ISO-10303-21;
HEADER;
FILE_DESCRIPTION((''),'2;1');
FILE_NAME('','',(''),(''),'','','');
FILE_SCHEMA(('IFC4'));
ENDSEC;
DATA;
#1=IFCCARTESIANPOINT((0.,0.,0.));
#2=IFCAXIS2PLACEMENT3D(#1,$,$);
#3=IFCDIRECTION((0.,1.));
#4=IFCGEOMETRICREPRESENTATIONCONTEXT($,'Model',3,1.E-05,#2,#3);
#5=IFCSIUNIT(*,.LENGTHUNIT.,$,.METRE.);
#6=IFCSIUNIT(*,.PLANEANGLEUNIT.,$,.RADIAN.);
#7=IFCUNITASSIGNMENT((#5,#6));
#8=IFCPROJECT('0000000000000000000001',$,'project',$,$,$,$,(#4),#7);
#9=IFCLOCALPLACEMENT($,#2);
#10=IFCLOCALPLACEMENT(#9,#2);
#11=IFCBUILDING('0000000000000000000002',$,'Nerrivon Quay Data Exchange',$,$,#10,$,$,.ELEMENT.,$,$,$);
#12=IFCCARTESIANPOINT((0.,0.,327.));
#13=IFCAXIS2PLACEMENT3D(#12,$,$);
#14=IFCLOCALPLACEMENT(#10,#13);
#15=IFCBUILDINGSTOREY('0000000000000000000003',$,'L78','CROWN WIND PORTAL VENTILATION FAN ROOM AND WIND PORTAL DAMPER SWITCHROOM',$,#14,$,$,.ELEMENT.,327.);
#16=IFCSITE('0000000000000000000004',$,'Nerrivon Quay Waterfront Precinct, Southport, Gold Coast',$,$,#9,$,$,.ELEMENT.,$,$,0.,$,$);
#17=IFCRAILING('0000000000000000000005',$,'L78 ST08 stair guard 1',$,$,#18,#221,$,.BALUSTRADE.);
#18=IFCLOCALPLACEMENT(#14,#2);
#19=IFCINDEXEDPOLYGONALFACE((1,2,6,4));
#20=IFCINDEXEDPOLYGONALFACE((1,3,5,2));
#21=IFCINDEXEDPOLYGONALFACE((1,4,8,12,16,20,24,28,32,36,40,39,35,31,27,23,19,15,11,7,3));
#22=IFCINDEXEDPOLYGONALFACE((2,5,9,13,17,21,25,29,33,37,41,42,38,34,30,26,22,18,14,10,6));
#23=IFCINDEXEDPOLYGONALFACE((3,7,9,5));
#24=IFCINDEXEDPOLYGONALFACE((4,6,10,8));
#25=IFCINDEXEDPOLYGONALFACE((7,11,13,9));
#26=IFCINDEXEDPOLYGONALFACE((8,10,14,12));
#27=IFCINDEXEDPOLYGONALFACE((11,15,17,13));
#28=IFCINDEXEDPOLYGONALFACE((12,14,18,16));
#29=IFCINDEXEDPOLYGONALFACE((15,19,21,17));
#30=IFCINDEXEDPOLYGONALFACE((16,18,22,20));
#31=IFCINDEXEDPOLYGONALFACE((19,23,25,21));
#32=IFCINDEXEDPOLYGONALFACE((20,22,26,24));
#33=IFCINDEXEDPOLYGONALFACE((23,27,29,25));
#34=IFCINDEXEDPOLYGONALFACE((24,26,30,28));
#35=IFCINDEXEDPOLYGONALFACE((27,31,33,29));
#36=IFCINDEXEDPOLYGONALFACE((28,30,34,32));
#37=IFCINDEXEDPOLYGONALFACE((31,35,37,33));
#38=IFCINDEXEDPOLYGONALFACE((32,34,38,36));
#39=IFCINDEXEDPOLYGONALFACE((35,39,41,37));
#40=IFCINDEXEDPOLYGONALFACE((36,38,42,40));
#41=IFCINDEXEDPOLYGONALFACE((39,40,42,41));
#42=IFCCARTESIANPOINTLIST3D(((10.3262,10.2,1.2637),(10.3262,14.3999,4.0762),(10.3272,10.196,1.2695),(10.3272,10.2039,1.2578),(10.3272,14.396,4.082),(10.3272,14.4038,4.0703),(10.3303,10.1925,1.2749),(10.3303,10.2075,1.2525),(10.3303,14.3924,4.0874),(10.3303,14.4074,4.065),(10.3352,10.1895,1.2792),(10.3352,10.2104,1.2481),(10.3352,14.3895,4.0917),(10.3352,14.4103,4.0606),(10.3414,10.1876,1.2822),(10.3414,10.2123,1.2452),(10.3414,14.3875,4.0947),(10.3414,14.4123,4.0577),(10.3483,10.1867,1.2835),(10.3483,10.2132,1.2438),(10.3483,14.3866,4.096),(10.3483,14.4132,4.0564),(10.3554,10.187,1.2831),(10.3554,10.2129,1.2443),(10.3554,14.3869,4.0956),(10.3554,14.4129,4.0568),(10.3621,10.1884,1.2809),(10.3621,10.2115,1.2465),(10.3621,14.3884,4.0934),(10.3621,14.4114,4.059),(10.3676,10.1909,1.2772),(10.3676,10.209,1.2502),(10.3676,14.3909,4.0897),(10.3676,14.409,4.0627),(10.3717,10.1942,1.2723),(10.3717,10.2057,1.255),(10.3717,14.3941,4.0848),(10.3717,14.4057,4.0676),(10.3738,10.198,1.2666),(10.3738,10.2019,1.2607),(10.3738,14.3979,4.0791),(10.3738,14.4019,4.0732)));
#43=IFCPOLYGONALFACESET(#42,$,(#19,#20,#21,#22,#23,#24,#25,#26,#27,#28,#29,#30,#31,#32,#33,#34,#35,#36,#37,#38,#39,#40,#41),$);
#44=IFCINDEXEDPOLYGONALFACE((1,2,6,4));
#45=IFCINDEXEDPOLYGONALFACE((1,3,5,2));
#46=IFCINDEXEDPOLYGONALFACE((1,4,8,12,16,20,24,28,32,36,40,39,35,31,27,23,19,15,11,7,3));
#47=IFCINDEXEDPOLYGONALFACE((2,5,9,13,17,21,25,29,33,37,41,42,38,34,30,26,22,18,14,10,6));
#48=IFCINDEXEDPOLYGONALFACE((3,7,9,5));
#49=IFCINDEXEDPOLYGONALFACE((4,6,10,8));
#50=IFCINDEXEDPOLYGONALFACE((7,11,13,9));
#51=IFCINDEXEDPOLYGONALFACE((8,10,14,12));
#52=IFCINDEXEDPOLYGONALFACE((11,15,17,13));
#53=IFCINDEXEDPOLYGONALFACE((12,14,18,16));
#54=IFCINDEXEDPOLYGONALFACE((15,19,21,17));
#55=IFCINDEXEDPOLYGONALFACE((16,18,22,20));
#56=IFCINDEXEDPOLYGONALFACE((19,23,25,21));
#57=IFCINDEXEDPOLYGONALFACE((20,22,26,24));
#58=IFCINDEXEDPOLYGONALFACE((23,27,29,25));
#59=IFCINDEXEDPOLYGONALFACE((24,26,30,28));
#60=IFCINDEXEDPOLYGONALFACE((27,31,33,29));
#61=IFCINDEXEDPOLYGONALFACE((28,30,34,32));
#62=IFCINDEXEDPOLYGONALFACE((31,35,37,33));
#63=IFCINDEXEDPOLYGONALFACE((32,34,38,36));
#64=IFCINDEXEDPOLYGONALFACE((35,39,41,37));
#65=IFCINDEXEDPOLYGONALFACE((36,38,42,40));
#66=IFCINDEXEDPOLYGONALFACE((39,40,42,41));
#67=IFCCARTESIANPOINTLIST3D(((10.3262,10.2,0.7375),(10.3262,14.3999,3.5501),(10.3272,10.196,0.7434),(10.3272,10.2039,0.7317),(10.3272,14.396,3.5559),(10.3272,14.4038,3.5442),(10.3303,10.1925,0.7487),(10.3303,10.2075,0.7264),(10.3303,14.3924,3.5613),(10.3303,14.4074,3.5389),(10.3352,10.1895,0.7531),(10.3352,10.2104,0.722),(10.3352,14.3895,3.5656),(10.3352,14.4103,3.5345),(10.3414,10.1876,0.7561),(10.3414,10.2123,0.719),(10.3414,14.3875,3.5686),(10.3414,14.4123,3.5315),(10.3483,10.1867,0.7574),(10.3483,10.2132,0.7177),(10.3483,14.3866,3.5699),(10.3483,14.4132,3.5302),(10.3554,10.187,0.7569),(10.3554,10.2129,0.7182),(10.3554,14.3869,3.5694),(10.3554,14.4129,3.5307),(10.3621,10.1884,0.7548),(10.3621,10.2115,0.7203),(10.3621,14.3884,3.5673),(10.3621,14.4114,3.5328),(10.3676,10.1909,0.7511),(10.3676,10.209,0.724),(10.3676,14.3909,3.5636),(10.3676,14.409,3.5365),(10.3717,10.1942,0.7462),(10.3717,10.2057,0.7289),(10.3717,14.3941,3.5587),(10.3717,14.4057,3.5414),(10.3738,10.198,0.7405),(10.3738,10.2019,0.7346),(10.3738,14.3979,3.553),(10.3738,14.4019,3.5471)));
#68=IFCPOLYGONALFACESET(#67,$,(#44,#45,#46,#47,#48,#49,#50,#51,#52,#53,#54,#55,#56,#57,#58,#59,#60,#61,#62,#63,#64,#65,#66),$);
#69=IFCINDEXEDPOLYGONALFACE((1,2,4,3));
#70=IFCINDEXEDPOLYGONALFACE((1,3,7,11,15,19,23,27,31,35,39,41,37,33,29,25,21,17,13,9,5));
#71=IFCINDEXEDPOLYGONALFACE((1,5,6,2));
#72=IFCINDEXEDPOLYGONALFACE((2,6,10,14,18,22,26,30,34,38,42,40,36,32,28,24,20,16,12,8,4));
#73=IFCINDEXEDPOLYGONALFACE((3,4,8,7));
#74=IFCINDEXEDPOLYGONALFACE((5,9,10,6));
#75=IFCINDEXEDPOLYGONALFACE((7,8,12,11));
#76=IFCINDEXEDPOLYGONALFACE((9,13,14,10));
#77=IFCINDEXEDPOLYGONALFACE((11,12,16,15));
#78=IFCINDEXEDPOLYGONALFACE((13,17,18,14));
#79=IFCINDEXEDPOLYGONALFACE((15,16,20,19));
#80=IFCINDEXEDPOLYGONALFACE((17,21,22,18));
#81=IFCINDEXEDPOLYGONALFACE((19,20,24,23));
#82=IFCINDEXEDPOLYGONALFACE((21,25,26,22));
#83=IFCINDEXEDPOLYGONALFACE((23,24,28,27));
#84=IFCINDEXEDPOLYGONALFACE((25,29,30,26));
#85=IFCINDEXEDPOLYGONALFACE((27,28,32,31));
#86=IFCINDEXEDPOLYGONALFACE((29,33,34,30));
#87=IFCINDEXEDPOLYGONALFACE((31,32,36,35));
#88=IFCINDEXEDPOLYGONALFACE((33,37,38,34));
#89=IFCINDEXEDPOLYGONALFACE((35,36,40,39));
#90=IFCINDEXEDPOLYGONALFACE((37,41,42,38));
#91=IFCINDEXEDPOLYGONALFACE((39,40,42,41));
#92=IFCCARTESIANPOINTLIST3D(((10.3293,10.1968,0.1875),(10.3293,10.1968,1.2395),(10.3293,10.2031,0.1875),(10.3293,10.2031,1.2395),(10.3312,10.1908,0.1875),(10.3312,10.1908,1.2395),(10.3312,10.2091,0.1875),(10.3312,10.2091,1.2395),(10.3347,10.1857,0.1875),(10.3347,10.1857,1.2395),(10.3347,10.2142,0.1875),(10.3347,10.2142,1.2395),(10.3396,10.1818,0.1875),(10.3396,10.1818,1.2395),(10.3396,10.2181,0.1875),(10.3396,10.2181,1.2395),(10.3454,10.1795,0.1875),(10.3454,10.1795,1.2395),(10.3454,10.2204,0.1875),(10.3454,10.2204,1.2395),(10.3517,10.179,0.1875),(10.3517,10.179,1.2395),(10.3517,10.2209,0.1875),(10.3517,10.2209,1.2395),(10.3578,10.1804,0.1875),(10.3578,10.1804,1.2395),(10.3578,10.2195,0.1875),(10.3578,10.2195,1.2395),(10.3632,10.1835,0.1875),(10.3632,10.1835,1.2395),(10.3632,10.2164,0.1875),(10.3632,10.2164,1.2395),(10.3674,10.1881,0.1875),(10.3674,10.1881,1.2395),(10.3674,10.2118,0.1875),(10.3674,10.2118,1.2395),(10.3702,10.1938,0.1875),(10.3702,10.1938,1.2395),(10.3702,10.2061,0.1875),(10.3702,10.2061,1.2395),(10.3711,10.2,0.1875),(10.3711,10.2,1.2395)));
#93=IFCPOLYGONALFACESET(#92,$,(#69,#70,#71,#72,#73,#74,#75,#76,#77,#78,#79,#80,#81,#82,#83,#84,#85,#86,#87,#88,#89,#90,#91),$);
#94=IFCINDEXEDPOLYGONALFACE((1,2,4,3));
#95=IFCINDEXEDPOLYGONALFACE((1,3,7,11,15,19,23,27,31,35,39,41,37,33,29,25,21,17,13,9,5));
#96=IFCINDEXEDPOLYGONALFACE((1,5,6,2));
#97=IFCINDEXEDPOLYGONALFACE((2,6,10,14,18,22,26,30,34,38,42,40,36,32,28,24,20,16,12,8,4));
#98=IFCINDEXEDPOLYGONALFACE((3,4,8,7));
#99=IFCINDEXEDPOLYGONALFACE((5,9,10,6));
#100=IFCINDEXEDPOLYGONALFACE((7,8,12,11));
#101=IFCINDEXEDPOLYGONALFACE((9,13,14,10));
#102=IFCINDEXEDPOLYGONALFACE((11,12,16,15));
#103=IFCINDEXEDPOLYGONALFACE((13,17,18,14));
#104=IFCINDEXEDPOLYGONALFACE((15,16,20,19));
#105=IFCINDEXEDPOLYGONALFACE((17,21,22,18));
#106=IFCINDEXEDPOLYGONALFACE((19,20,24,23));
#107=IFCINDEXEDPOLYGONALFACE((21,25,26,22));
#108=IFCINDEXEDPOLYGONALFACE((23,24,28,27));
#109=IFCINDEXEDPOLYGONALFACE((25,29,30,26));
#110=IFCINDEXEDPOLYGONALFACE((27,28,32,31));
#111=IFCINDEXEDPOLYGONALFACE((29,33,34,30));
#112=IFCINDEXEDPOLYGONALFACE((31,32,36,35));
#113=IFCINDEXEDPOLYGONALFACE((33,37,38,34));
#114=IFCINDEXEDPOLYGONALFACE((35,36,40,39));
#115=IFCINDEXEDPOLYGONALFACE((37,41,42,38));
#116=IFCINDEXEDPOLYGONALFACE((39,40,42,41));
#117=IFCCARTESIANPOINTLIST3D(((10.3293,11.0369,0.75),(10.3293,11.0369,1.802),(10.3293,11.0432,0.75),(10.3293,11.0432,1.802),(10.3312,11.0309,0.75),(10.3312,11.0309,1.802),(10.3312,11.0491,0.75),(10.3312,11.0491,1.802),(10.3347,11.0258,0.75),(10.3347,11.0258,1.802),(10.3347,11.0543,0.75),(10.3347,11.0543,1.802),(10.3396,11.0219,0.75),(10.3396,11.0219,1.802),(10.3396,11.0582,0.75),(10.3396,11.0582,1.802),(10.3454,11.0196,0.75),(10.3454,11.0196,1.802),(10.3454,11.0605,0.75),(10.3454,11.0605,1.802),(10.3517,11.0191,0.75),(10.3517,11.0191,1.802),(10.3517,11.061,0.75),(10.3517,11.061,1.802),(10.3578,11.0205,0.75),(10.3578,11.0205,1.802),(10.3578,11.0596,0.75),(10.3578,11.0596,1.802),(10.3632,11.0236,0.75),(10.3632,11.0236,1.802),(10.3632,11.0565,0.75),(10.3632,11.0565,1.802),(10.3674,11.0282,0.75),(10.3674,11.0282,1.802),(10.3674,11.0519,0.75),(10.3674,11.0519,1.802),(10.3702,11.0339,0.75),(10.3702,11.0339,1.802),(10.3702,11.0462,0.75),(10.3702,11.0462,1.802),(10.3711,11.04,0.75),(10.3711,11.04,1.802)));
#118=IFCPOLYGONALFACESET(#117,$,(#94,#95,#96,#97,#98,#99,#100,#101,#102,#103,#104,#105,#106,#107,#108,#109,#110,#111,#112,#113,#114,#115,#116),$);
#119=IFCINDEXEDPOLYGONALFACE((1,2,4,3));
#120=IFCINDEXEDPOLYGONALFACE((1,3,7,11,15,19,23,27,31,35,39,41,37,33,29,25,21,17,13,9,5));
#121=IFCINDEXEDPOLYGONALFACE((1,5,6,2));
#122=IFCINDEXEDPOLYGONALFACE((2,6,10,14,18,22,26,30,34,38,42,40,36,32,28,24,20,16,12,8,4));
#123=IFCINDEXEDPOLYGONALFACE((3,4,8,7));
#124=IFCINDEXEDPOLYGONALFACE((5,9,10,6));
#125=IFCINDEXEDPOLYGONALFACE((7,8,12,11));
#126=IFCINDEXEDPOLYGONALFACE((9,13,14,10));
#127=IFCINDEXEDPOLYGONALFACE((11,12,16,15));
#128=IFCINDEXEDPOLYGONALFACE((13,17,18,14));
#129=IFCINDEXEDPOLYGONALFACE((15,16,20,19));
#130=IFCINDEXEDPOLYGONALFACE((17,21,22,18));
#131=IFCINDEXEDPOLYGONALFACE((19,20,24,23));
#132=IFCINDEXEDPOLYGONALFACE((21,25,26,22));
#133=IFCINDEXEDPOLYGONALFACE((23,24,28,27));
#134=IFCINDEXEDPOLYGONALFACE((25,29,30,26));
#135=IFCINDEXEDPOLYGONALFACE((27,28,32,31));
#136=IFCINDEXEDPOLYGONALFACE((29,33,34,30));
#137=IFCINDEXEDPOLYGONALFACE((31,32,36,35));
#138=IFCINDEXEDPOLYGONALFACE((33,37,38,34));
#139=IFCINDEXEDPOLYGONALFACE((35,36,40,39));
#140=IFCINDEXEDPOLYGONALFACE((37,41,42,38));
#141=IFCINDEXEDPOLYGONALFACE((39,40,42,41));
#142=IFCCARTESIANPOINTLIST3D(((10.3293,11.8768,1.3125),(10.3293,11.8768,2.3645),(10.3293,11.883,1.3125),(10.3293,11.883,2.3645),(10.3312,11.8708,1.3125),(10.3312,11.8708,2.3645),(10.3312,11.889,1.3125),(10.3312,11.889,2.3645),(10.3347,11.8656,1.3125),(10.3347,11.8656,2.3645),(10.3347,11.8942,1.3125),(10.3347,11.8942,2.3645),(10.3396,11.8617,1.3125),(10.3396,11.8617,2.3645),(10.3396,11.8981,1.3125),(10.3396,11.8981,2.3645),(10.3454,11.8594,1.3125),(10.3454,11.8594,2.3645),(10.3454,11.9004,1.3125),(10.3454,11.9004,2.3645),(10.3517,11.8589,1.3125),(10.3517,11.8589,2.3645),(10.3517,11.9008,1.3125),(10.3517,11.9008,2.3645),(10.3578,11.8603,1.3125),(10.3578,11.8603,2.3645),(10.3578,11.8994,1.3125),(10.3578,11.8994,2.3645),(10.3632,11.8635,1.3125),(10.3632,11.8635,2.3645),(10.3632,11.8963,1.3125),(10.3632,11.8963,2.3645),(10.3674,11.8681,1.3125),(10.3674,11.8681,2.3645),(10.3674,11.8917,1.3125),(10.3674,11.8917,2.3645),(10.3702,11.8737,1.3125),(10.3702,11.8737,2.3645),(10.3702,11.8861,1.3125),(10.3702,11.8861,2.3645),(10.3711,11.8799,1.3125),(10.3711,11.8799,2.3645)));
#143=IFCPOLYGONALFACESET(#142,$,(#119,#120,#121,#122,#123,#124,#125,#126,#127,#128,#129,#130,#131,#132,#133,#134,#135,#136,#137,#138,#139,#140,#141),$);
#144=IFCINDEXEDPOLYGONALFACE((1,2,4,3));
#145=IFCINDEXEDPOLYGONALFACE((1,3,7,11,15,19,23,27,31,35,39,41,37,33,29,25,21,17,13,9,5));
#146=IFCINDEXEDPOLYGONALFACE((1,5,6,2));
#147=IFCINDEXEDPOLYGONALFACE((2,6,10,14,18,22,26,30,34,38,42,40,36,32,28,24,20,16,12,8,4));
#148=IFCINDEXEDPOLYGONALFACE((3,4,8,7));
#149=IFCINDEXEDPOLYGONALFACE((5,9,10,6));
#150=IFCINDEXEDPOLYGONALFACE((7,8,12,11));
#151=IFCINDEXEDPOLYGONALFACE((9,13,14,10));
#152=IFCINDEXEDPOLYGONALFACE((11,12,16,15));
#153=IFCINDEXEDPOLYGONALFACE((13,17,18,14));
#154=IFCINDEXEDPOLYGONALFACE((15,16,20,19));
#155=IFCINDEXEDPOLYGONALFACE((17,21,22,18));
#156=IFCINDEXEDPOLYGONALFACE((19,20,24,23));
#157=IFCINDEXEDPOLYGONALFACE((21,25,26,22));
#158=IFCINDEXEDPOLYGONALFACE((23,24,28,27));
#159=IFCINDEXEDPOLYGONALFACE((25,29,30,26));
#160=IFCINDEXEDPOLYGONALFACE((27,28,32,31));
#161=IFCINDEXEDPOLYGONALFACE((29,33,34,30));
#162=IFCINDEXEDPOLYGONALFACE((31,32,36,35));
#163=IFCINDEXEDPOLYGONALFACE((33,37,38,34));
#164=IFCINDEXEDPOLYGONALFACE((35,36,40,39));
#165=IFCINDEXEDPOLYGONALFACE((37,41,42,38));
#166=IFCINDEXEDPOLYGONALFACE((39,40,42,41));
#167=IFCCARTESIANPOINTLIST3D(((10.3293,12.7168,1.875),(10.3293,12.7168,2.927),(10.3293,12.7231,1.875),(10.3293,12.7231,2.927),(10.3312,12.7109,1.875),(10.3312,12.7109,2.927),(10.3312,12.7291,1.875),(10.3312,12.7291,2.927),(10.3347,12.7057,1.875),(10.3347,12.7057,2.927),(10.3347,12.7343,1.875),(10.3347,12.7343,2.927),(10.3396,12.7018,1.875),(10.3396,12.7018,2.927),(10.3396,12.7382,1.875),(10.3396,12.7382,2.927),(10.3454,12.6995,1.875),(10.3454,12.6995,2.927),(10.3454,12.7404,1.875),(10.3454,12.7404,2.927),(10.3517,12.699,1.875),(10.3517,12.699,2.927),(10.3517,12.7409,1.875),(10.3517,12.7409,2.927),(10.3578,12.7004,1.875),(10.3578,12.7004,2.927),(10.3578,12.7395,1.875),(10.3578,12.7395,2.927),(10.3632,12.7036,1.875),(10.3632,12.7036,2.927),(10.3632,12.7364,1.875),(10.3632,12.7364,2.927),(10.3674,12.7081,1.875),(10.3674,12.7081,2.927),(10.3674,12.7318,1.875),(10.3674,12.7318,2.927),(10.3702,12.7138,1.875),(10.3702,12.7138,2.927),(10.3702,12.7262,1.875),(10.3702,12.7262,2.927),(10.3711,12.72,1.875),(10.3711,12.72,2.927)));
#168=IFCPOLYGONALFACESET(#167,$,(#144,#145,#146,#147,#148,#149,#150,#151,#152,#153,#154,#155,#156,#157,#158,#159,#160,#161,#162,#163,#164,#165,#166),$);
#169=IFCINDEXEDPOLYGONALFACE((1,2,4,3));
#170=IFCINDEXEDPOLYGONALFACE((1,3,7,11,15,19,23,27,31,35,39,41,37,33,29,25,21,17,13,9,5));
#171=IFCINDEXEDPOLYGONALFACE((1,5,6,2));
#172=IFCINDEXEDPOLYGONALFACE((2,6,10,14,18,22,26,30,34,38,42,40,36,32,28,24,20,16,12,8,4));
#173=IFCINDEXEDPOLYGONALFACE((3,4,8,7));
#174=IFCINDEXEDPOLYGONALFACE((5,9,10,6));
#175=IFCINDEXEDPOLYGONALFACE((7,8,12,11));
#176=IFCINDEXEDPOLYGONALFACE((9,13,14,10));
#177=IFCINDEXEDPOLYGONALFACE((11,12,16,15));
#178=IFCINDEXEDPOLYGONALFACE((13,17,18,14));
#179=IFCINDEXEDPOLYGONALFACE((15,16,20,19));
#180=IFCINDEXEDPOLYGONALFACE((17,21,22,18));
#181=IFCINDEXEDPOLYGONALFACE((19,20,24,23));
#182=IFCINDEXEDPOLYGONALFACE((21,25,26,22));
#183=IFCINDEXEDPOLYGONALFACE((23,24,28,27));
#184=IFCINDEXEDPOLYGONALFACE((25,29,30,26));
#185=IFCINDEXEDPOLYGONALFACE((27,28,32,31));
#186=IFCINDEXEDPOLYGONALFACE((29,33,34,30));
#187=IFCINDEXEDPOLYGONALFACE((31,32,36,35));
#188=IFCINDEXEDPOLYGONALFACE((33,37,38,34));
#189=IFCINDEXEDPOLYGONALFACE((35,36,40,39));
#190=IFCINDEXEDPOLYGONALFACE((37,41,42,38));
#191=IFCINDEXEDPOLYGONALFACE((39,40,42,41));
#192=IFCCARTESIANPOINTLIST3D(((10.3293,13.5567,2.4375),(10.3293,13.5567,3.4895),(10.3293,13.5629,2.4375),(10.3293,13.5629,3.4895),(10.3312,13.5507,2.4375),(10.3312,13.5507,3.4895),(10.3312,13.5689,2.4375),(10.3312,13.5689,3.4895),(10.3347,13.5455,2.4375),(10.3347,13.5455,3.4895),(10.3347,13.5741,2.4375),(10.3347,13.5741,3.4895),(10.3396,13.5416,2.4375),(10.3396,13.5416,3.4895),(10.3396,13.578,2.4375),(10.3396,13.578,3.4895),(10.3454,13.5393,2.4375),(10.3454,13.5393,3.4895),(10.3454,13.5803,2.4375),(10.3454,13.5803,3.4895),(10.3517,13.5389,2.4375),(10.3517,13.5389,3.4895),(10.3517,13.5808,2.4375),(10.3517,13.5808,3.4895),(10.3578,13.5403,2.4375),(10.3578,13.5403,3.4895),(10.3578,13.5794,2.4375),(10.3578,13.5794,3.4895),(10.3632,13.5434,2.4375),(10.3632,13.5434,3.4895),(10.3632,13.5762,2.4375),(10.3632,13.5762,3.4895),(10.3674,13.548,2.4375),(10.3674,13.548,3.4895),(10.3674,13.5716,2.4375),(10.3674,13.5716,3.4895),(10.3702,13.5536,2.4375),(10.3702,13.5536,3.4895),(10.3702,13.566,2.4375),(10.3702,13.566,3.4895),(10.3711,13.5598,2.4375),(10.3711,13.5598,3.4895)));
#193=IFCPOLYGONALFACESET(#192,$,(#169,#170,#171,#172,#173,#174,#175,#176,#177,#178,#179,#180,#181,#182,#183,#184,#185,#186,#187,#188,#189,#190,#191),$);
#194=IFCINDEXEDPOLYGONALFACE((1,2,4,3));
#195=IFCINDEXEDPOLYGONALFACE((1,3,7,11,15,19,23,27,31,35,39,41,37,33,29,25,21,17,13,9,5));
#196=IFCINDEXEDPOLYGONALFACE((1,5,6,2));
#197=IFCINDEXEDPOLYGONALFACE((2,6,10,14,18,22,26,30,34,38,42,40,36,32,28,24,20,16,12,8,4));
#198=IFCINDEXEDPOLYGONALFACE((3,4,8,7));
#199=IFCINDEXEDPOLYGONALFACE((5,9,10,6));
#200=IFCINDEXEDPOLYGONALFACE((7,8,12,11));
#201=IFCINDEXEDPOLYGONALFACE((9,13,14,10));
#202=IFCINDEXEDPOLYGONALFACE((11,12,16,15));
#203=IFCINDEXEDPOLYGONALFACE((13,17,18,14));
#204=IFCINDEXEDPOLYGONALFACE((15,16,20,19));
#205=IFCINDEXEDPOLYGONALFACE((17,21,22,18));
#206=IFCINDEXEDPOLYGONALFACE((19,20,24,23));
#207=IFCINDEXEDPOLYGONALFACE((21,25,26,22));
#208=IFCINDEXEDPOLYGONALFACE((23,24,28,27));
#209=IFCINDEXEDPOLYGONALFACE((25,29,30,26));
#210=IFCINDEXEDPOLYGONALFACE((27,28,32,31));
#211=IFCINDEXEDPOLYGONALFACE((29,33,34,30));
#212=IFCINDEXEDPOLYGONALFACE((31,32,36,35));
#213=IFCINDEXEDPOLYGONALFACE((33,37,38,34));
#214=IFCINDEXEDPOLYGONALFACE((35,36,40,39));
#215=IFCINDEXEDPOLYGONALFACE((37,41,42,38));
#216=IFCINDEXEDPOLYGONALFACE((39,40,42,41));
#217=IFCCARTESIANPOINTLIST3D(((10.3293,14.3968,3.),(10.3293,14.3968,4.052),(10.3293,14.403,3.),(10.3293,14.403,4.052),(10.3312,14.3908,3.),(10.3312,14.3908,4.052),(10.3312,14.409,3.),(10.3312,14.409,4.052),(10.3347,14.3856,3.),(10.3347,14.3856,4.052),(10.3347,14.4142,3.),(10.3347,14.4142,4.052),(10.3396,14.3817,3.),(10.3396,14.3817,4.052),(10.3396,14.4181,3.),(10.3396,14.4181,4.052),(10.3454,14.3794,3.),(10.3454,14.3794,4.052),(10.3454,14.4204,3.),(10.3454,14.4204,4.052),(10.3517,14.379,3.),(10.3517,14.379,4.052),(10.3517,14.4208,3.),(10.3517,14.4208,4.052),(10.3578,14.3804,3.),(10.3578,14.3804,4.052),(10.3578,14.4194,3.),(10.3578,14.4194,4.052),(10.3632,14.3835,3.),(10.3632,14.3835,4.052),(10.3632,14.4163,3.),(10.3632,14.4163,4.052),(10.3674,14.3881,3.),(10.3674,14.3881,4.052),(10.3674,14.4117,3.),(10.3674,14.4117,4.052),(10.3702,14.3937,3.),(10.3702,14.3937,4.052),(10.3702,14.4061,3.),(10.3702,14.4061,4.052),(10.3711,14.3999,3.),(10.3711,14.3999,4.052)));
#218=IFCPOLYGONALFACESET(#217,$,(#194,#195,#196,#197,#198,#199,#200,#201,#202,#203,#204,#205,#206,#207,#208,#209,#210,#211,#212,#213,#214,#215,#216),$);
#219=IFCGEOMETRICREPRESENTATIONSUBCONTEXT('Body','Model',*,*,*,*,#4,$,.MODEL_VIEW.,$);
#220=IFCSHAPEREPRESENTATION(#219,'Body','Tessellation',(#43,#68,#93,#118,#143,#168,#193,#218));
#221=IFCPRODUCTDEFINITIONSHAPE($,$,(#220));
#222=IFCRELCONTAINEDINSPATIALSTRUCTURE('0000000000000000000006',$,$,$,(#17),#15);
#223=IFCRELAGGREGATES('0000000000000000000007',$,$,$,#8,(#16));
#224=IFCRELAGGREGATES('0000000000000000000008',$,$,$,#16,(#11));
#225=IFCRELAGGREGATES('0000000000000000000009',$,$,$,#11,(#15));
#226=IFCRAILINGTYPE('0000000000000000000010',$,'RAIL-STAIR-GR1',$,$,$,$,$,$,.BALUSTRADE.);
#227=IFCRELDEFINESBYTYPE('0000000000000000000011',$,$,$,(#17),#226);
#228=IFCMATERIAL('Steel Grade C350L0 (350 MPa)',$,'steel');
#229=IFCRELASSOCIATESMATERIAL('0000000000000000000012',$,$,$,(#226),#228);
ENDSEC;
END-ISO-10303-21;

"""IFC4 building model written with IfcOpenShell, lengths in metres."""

from ifc_helpers import new_model, si_unit, direction, frame, origin, origin_2d, place, context, subcontext, project, spatial, circle, extrude, material, type_object, element, save


model = new_model("IFC4")

# Units and contexts
model_context = context("Model", 3, precision=1e-05, world=origin(), true_north=direction((0.0, 1.0)))
body_context = subcontext(model_context, "Body", "Model", "MODEL_VIEW")
ifc_project = project(units=[si_unit("LENGTHUNIT", "METRE"), si_unit("PLANEANGLEUNIT", "RADIAN")], contexts=[model_context])

# Site, building, storey
site_placement = place(None, origin())
site = spatial("IfcSite", under=ifc_project, at=site_placement, Name="Nerrivon Quay Waterfront Precinct, Southport, Gold Coast", CompositionType="ELEMENT", RefElevation=0.0)
building_placement = place(site_placement, origin())
building = spatial("IfcBuilding", under=site, at=building_placement, Name="Nerrivon Quay Data Exchange", CompositionType="ELEMENT")
storey_placement = place(building_placement, frame((0.0, 0.0, 327.0)))
storey = spatial("IfcBuildingStorey", under=building, at=storey_placement, Name="L78", Description="CROWN WIND PORTAL VENTILATION FAN ROOM AND WIND PORTAL DAMPER SWITCHROOM", CompositionType="ELEMENT", Elevation=327.0)

# Shared definitions
ifc_material_1 = material(Name="Steel Grade C350L0 (350 MPa)", Category="steel")

# Railing
railing_type_1 = type_object("IfcRailingType", Name="RAIL-STAIR-GR1", PredefinedType="BALUSTRADE", material=ifc_material_1)
railing_1_placement = place(storey_placement, frame((10.3501, 10.2, 0.1875)))
element("IfcRailing", 1, at=railing_1_placement, inside=storey, type_object=railing_type_1, Name="L78 ST08 stair guard 1", PredefinedType="BALUSTRADE", context=body_context, shape_type="SweptSolid", body=[
    extrude(circle(Radius=0.0239, at=origin_2d()), frame((0.0, 0.0, 1.0762), z_axis=(0.0, 0.830904, 0.556416), x_axis=(-1.0, 0.0, 0.0)), (0.0, 0.0, 1.0), 5.0547),
    extrude(circle(Radius=0.0239, at=origin_2d()), frame((0.0, 0.0, 0.55), z_axis=(0.0, 0.830904, 0.556416), x_axis=(-1.0, 0.0, 0.0)), (0.0, 0.0, 1.0), 5.0547),
    extrude(circle(Radius=0.021, at=origin_2d()), origin(), (0.0, 0.0, 1.0), 1.052),
    extrude(circle(Radius=0.021, at=origin_2d()), frame((0.0, 0.8401, 0.5625)), (0.0, 0.0, 1.0), 1.052),
    extrude(circle(Radius=0.021, at=origin_2d()), frame((0.0, 1.6799, 1.125)), (0.0, 0.0, 1.0), 1.052),
    extrude(circle(Radius=0.021, at=origin_2d()), frame((0.0, 2.52, 1.6875)), (0.0, 0.0, 1.0), 1.052),
    extrude(circle(Radius=0.021, at=origin_2d()), frame((0.0, 3.3599, 2.25)), (0.0, 0.0, 1.0), 1.052),
    extrude(circle(Radius=0.021, at=origin_2d()), frame((0.0, 4.2, 2.8125)), (0.0, 0.0, 1.0), 1.052),
])

save(model, "model.ifc")
